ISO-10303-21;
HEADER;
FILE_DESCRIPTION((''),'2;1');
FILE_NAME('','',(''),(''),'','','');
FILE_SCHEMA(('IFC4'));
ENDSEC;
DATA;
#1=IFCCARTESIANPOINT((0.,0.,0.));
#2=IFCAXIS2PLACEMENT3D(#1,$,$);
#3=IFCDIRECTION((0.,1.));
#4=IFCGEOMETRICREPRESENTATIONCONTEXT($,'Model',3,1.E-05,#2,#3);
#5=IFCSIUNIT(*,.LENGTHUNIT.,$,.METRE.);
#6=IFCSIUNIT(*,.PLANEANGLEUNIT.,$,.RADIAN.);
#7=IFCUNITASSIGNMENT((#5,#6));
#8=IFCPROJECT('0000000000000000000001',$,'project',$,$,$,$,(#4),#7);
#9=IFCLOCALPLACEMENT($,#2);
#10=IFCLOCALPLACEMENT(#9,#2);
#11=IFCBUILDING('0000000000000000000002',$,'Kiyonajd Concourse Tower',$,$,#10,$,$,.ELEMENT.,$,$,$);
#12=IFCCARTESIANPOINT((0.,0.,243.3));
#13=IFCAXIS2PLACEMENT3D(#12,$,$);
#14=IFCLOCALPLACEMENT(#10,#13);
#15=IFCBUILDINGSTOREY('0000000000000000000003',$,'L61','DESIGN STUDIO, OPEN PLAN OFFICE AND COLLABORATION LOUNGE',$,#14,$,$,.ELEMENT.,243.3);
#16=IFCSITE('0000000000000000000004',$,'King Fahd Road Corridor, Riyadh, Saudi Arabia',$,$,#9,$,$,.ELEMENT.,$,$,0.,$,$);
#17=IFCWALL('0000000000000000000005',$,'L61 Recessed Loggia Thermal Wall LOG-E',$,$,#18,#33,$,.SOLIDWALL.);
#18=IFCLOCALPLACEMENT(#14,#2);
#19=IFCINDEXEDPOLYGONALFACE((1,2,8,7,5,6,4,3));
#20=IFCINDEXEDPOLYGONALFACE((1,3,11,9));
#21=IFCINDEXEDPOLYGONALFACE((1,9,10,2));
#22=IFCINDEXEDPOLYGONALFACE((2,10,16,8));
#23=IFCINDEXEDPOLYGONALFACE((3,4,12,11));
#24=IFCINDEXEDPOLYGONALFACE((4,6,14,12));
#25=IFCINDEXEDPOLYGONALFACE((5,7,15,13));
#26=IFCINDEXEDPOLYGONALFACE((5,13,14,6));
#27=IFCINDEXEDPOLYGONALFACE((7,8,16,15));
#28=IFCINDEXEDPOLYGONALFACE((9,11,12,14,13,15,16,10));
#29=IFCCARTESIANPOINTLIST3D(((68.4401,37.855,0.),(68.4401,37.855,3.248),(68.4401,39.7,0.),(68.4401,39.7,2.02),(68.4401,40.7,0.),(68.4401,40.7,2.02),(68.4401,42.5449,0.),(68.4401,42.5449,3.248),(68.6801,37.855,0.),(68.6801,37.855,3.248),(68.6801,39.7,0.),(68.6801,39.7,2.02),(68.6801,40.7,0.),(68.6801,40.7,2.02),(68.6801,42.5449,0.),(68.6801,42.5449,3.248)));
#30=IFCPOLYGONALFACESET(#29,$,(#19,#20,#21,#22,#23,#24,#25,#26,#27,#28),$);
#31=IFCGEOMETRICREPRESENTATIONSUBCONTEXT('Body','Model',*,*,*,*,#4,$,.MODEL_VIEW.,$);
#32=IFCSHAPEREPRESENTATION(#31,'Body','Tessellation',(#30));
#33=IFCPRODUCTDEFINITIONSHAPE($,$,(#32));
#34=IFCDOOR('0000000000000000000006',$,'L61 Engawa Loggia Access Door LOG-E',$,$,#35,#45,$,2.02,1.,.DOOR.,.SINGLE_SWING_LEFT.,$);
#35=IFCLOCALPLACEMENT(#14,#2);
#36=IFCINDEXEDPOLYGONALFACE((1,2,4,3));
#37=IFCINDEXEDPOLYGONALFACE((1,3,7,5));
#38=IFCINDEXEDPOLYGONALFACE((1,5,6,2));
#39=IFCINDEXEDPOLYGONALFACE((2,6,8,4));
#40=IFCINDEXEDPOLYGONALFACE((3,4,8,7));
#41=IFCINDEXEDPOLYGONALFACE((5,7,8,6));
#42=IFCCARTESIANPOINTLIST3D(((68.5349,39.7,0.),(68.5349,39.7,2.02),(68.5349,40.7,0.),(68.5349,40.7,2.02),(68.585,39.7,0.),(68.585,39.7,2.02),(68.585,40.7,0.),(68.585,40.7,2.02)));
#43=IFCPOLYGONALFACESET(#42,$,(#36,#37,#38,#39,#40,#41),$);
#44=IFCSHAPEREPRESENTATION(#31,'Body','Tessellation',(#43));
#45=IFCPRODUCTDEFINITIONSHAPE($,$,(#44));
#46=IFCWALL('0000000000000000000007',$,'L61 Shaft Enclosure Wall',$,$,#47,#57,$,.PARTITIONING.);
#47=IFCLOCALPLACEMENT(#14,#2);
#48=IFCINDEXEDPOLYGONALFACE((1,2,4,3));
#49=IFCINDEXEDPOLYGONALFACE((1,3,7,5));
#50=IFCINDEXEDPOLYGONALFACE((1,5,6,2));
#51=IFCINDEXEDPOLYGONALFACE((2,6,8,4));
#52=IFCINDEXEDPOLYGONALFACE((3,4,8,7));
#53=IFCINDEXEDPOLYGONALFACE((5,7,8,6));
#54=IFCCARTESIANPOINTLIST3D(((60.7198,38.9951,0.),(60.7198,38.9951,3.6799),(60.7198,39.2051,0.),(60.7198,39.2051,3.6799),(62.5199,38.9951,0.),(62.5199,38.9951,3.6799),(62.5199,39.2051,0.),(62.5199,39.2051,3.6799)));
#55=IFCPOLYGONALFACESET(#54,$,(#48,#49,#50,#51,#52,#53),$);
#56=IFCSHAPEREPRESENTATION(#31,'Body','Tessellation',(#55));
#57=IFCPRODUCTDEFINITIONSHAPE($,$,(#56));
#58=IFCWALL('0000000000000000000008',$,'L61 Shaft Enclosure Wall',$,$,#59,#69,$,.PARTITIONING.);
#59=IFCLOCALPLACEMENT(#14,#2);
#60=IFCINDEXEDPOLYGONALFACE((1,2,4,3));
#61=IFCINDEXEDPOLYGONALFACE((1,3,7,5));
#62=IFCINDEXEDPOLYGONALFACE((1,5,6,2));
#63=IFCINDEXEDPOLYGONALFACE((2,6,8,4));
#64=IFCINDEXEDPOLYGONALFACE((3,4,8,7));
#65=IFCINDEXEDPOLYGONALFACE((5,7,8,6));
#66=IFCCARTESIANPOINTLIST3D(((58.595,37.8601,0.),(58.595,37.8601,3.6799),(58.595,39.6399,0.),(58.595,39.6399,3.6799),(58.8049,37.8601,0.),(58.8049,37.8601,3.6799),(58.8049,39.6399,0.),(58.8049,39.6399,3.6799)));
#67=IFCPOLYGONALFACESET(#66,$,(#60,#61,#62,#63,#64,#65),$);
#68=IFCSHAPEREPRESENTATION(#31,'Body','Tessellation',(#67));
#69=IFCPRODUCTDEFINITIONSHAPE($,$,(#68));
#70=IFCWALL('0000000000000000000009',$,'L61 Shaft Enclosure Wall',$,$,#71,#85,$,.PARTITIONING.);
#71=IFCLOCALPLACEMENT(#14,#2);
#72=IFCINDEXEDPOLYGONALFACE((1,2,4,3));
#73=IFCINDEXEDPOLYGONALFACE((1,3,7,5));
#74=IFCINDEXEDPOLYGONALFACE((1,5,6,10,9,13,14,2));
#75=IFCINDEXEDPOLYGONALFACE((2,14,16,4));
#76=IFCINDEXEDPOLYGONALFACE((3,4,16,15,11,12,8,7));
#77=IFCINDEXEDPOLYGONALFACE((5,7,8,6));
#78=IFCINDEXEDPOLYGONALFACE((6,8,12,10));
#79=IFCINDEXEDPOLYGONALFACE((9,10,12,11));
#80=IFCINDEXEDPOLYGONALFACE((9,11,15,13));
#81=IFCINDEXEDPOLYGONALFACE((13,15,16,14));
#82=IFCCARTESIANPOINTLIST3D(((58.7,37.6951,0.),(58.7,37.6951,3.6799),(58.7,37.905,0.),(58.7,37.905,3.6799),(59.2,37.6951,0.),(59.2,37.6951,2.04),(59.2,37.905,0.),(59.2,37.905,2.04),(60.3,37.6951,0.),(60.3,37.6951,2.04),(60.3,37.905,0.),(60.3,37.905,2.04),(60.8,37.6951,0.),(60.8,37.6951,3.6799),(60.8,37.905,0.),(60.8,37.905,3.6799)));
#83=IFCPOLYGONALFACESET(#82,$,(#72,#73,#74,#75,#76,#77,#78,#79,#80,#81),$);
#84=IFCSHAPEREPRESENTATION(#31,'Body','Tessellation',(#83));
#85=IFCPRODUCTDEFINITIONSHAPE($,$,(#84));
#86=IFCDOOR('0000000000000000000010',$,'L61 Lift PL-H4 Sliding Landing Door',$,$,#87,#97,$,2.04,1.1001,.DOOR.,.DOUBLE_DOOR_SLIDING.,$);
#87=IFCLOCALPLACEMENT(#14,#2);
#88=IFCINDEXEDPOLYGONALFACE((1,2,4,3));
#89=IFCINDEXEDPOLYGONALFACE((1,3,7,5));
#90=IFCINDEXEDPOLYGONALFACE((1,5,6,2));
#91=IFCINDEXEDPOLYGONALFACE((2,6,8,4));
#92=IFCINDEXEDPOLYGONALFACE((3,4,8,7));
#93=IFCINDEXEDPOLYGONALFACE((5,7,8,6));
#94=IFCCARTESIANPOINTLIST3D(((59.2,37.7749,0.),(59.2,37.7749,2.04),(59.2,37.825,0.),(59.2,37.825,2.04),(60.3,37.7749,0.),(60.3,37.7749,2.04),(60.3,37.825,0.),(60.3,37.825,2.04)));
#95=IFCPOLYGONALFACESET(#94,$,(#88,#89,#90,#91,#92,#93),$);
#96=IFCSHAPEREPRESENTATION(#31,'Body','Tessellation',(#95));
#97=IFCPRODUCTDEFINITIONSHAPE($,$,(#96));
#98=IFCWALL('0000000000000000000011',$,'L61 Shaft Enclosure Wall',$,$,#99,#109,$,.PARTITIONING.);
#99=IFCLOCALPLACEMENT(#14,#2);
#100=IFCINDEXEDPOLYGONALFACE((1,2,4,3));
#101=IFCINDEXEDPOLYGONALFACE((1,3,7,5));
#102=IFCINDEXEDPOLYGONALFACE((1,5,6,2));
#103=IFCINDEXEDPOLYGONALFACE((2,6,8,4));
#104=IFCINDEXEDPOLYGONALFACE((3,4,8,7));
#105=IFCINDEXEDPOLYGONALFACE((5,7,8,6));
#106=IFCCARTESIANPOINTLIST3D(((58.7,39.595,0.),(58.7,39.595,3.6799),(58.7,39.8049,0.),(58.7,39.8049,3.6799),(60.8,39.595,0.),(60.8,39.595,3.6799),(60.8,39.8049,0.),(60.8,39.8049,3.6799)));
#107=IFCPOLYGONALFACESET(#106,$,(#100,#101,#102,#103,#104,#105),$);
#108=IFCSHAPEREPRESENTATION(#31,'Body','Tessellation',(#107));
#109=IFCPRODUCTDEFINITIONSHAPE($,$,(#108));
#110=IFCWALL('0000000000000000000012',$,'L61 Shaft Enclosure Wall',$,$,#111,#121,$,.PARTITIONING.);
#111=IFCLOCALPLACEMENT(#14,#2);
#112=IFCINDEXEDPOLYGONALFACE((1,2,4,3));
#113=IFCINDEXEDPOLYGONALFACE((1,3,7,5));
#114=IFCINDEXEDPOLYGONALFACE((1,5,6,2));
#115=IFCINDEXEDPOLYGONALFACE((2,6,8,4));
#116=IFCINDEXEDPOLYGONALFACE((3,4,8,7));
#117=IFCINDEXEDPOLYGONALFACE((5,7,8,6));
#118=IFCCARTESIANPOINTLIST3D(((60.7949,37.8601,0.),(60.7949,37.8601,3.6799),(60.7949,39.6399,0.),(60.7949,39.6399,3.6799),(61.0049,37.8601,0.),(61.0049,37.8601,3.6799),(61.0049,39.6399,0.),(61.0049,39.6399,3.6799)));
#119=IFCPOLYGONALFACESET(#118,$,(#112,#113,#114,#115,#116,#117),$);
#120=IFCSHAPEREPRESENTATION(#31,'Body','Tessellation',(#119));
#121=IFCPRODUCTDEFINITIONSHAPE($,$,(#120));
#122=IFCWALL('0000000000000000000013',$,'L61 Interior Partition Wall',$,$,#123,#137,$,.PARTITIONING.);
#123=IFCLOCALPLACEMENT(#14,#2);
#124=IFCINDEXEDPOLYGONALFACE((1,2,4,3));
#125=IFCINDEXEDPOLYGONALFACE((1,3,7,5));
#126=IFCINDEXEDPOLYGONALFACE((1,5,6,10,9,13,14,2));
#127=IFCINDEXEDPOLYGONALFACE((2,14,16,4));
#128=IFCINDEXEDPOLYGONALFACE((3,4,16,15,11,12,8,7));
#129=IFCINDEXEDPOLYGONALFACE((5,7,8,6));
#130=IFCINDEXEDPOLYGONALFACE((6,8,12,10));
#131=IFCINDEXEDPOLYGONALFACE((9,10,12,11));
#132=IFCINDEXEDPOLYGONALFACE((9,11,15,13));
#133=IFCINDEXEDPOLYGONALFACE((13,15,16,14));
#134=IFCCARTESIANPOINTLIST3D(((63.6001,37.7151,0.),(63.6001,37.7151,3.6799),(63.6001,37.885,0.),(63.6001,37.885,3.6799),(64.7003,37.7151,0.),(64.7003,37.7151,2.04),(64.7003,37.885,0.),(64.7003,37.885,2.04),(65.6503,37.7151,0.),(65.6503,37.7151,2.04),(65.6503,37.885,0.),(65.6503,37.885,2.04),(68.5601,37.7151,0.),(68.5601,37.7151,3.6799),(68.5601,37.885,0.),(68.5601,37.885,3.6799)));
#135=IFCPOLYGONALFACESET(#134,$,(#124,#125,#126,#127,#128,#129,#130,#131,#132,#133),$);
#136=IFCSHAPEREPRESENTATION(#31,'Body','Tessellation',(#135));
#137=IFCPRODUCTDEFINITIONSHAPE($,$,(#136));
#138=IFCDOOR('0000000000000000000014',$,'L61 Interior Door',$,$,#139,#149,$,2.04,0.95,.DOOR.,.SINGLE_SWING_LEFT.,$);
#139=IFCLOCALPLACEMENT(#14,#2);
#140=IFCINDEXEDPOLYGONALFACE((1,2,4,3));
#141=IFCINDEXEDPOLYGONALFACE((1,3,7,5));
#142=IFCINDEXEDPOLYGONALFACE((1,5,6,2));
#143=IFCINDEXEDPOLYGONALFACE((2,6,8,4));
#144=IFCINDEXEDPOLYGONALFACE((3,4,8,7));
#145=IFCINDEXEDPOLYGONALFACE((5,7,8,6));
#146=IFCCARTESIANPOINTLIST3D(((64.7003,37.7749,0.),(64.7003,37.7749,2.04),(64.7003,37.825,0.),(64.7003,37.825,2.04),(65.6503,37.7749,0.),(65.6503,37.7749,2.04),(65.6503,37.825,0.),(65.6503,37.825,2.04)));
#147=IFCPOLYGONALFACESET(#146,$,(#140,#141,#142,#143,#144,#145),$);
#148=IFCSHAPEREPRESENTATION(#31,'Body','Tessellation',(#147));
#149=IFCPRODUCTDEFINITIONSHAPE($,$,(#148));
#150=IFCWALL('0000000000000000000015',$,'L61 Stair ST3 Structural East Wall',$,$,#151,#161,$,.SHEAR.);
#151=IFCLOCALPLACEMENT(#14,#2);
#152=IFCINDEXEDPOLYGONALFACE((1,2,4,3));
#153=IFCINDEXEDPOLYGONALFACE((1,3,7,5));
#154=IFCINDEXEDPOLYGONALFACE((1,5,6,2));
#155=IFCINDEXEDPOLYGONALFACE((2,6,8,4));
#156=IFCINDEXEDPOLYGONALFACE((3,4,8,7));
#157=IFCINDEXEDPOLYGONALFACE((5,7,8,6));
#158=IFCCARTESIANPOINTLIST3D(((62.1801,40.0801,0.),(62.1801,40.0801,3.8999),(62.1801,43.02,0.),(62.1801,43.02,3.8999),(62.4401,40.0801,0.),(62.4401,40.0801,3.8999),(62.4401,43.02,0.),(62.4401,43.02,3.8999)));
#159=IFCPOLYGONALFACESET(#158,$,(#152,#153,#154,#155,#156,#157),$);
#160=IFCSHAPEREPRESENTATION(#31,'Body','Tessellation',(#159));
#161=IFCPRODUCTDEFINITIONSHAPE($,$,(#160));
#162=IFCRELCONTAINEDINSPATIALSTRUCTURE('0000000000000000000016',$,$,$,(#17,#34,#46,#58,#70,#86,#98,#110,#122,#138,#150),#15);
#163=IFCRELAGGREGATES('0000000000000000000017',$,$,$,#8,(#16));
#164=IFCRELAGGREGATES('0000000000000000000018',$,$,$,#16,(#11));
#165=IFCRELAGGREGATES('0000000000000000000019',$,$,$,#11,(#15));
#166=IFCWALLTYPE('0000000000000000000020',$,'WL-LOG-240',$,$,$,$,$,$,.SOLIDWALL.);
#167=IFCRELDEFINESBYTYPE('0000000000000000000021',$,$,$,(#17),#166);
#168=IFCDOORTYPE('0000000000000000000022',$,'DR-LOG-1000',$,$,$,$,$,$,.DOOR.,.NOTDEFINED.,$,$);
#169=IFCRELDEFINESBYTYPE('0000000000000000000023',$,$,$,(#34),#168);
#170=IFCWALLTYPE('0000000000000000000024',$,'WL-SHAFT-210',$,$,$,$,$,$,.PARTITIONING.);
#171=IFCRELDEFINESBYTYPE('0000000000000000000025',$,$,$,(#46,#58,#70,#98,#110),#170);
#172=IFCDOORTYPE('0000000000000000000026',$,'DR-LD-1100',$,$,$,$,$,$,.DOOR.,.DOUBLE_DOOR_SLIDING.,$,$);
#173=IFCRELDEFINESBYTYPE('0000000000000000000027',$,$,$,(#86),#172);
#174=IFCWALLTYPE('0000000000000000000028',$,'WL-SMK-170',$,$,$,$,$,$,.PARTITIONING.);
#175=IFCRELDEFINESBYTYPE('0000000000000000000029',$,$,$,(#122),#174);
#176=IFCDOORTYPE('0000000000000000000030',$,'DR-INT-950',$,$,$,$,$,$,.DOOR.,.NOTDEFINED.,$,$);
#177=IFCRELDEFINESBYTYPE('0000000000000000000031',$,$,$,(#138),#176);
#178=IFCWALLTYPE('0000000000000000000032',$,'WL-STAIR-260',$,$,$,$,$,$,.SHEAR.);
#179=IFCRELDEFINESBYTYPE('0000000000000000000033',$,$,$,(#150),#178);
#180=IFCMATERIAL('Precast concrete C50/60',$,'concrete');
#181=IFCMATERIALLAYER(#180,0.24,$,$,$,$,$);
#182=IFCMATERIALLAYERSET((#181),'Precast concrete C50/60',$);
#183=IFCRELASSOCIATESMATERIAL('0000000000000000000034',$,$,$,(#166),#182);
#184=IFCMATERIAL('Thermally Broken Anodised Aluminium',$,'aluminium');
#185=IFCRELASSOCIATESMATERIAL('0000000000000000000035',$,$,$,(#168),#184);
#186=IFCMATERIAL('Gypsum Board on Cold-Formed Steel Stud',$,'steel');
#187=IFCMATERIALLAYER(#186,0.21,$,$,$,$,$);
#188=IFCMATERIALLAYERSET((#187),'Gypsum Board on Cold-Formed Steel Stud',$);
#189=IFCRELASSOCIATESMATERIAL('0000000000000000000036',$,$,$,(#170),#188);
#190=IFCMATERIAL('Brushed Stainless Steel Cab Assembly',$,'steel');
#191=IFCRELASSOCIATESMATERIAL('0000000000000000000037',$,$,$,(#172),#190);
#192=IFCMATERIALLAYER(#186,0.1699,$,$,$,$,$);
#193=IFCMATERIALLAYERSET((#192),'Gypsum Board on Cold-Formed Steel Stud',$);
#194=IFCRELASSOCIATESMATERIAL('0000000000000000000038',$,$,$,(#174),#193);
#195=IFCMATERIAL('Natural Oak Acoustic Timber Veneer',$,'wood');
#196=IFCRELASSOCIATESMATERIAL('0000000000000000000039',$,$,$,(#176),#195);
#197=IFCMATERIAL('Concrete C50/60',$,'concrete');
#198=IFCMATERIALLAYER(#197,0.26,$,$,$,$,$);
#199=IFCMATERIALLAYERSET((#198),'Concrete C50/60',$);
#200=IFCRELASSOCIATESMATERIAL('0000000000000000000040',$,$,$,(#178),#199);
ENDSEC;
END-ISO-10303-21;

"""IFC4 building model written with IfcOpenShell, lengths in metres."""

from ifc_helpers import new_model, si_unit, direction, frame, frame_2d, origin, place, context, subcontext, project, spatial, rectangle, extrude, material, layer, layer_set, type_object, element, fill, save


model = new_model("IFC4")

# Units and contexts
model_context = context("Model", 3, precision=1e-05, world=origin(), true_north=direction((0.0, 1.0)))
body_context = subcontext(model_context, "Body", "Model", "MODEL_VIEW")
ifc_project = project(units=[si_unit("LENGTHUNIT", "METRE"), si_unit("PLANEANGLEUNIT", "RADIAN")], contexts=[model_context])

# Site, building, storey
site_placement = place(None, origin())
site = spatial("IfcSite", under=ifc_project, at=site_placement, Name="King Fahd Road Corridor, Riyadh, Saudi Arabia", CompositionType="ELEMENT", RefElevation=0.0)
building_placement = place(site_placement, origin())
building = spatial("IfcBuilding", under=site, at=building_placement, Name="Kiyonajd Concourse Tower", CompositionType="ELEMENT")
storey_placement = place(building_placement, frame((0.0, 0.0, 243.3)))
storey = spatial("IfcBuildingStorey", under=building, at=storey_placement, Name="L61", Description="DESIGN STUDIO, OPEN PLAN OFFICE AND COLLABORATION LOUNGE", CompositionType="ELEMENT", Elevation=243.3)

# Shared definitions
ifc_material_1 = material(Name="Thermally Broken Anodised Aluminium", Category="aluminium")

# Shared definitions
ifc_material_2 = material(Name="Precast concrete C50/60", Category="concrete")

# Wall, opening, door
ifc_layer_1 = layer(ifc_material_2, 0.24)
ifc_layer_set_1 = layer_set([ifc_layer_1], Name="Precast concrete C50/60")
wall_type_1 = type_object("IfcWallType", Name="WL-LOG-240", PredefinedType="SOLIDWALL", material=ifc_layer_set_1)
wall_1_placement = place(storey_placement, frame((68.5601, 42.5449, 0.0), z_axis=(0.0, 0.0, 1.0), x_axis=(0.0, -1.0, 0.0)))
wall_1 = element("IfcWall", 1, at=wall_1_placement, inside=storey, type_object=wall_type_1, Name="L61 Recessed Loggia Thermal Wall LOG-E", PredefinedType="SOLIDWALL", context=body_context, shape_type="SweptSolid", body=[
    extrude(rectangle(XDim=4.6899, YDim=0.24, at=frame_2d((2.345, 0.0))), origin(), (0.0, 0.0, 1.0), 3.248),
])
opening_1_placement = place(wall_1_placement, frame((1.845, 0.0, 0.0)))
opening_1 = element("IfcOpeningElement", 2, at=opening_1_placement, cuts=wall_1, PredefinedType="OPENING", context=body_context, shape_type="SweptSolid", body=[
    extrude(rectangle(XDim=1.0, YDim=2.02, at=frame_2d((0.5, 1.01))), frame((0.0, 0.1299, 0.0), z_axis=(0.0, -1.0, 0.0), x_axis=(1.0, 0.0, 0.0)), (0.0, 0.0, 1.0), 0.26),
])
door_type_1 = type_object("IfcDoorType", Name="DR-LOG-1000", OperationType="NOTDEFINED", PredefinedType="DOOR", material=ifc_material_1)
door_1_placement = place(opening_1_placement, origin())
door_1 = element("IfcDoor", 3, at=door_1_placement, inside=storey, type_object=door_type_1, Name="L61 Engawa Loggia Access Door LOG-E", OperationType="SINGLE_SWING_LEFT", OverallHeight=2.02, OverallWidth=1.0, PredefinedType="DOOR", context=body_context, shape_type="SweptSolid", body=[
    extrude(rectangle(XDim=1.0, YDim=2.02, at=frame_2d((0.5, 1.01))), frame((0.0, 0.0249, 0.0), z_axis=(0.0, -1.0, 0.0), x_axis=(1.0, 0.0, 0.0)), (0.0, 0.0, 1.0), 0.05),
])
fill(opening_1, door_1)

# Walls
ifc_material_3 = material(Name="Gypsum Board on Cold-Formed Steel Stud", Category="steel")
ifc_layer_2 = layer(ifc_material_3, 0.21)
ifc_layer_set_2 = layer_set([ifc_layer_2], Name="Gypsum Board on Cold-Formed Steel Stud")
wall_type_2 = type_object("IfcWallType", Name="WL-SHAFT-210", PredefinedType="PARTITIONING", material=ifc_layer_set_2)
wall_2_placement = place(storey_placement, frame((60.72, 39.1001, 0.0), z_axis=(0.0, 0.0, 1.0), x_axis=(1.0, 0.0, 0.0)))
element("IfcWall", 4, at=wall_2_placement, inside=storey, type_object=wall_type_2, Name="L61 Shaft Enclosure Wall", PredefinedType="PARTITIONING", context=body_context, shape_type="SweptSolid", body=[
    extrude(rectangle(XDim=1.8, YDim=0.21, at=frame_2d((0.8999, 0.0))), origin(), (0.0, 0.0, 1.0), 3.6799),
])
wall_3_placement = place(storey_placement, frame((58.7, 37.8601, 0.0), z_axis=(0.0, 0.0, 1.0), x_axis=(0.0, 1.0, 0.0)))
element("IfcWall", 5, at=wall_3_placement, inside=storey, type_object=wall_type_2, Name="L61 Shaft Enclosure Wall", PredefinedType="PARTITIONING", context=body_context, shape_type="SweptSolid", body=[
    extrude(rectangle(XDim=1.7798, YDim=0.21, at=frame_2d((0.8899, 0.0))), origin(), (0.0, 0.0, 1.0), 3.6799),
])

# Wall, opening, door
wall_4_placement = place(storey_placement, frame((58.7, 37.8, 0.0), z_axis=(0.0, 0.0, 1.0), x_axis=(1.0, 0.0, 0.0)))
wall_4 = element("IfcWall", 6, at=wall_4_placement, inside=storey, type_object=wall_type_2, Name="L61 Shaft Enclosure Wall", PredefinedType="PARTITIONING", context=body_context, shape_type="SweptSolid", body=[
    extrude(rectangle(XDim=2.1001, YDim=0.21, at=frame_2d((1.05, 0.0))), origin(), (0.0, 0.0, 1.0), 3.6799),
])
opening_2_placement = place(wall_4_placement, frame((0.5, 0.0, 0.0)))
opening_2 = element("IfcOpeningElement", 7, at=opening_2_placement, cuts=wall_4, PredefinedType="OPENING", context=body_context, shape_type="SweptSolid", body=[
    extrude(rectangle(XDim=1.1001, YDim=2.04, at=frame_2d((0.55, 1.02))), frame((0.0, 0.115, 0.0), z_axis=(0.0, -1.0, 0.0), x_axis=(1.0, 0.0, 0.0)), (0.0, 0.0, 1.0), 0.23),
])
ifc_material_4 = material(Name="Brushed Stainless Steel Cab Assembly", Category="steel")
door_type_2 = type_object("IfcDoorType", Name="DR-LD-1100", OperationType="DOUBLE_DOOR_SLIDING", PredefinedType="DOOR", material=ifc_material_4)
door_2_placement = place(opening_2_placement, origin())
door_2 = element("IfcDoor", 8, at=door_2_placement, inside=storey, type_object=door_type_2, Name="L61 Lift PL-H4 Sliding Landing Door", OperationType="DOUBLE_DOOR_SLIDING", OverallHeight=2.04, OverallWidth=1.1001, PredefinedType="DOOR", context=body_context, shape_type="SweptSolid", body=[
    extrude(rectangle(XDim=1.1001, YDim=2.04, at=frame_2d((0.55, 1.02))), frame((0.0, 0.0249, 0.0), z_axis=(0.0, -1.0, 0.0), x_axis=(1.0, 0.0, 0.0)), (0.0, 0.0, 1.0), 0.05),
])
fill(opening_2, door_2)

# Walls
wall_5_placement = place(storey_placement, frame((58.7, 39.7, 0.0), z_axis=(0.0, 0.0, 1.0), x_axis=(1.0, 0.0, 0.0)))
element("IfcWall", 9, at=wall_5_placement, inside=storey, type_object=wall_type_2, Name="L61 Shaft Enclosure Wall", PredefinedType="PARTITIONING", context=body_context, shape_type="SweptSolid", body=[
    extrude(rectangle(XDim=2.1001, YDim=0.21, at=frame_2d((1.05, 0.0))), origin(), (0.0, 0.0, 1.0), 3.6799),
])
wall_6_placement = place(storey_placement, frame((60.8999, 37.8601, 0.0), z_axis=(0.0, 0.0, 1.0), x_axis=(0.0, 1.0, 0.0)))
element("IfcWall", 10, at=wall_6_placement, inside=storey, type_object=wall_type_2, Name="L61 Shaft Enclosure Wall", PredefinedType="PARTITIONING", context=body_context, shape_type="SweptSolid", body=[
    extrude(rectangle(XDim=1.7798, YDim=0.21, at=frame_2d((0.8899, 0.0))), origin(), (0.0, 0.0, 1.0), 3.6799),
])

# Wall, opening, door
ifc_layer_3 = layer(ifc_material_3, 0.1699)
ifc_layer_set_3 = layer_set([ifc_layer_3], Name="Gypsum Board on Cold-Formed Steel Stud")
wall_type_3 = type_object("IfcWallType", Name="WL-SMK-170", PredefinedType="PARTITIONING", material=ifc_layer_set_3)
wall_7_placement = place(storey_placement, frame((63.6001, 37.8, 0.0), z_axis=(0.0, 0.0, 1.0), x_axis=(1.0, 0.0, 0.0)))
wall_7 = element("IfcWall", 11, at=wall_7_placement, inside=storey, type_object=wall_type_3, Name="L61 Interior Partition Wall", PredefinedType="PARTITIONING", context=body_context, shape_type="SweptSolid", body=[
    extrude(rectangle(XDim=4.96, YDim=0.1699, at=frame_2d((2.48, 0.0))), origin(), (0.0, 0.0, 1.0), 3.6799),
])
opening_3_placement = place(wall_7_placement, frame((1.1001, 0.0, 0.0)))
opening_3 = element("IfcOpeningElement", 12, at=opening_3_placement, cuts=wall_7, PredefinedType="OPENING", context=body_context, shape_type="SweptSolid", body=[
    extrude(rectangle(XDim=0.95, YDim=2.04, at=frame_2d((0.4751, 1.02))), frame((0.0, 0.095, 0.0), z_axis=(0.0, -1.0, 0.0), x_axis=(1.0, 0.0, 0.0)), (0.0, 0.0, 1.0), 0.1899),
])
ifc_material_5 = material(Name="Natural Oak Acoustic Timber Veneer", Category="wood")
door_type_3 = type_object("IfcDoorType", Name="DR-INT-950", OperationType="NOTDEFINED", PredefinedType="DOOR", material=ifc_material_5)
door_3_placement = place(opening_3_placement, origin())
door_3 = element("IfcDoor", 13, at=door_3_placement, inside=storey, type_object=door_type_3, Name="L61 Interior Door", OperationType="SINGLE_SWING_LEFT", OverallHeight=2.04, OverallWidth=0.95, PredefinedType="DOOR", context=body_context, shape_type="SweptSolid", body=[
    extrude(rectangle(XDim=0.95, YDim=2.04, at=frame_2d((0.4751, 1.02))), frame((0.0, 0.0249, 0.0), z_axis=(0.0, -1.0, 0.0), x_axis=(1.0, 0.0, 0.0)), (0.0, 0.0, 1.0), 0.05),
])
fill(opening_3, door_3)

# Wall
ifc_material_6 = material(Name="Concrete C50/60", Category="concrete")
ifc_layer_4 = layer(ifc_material_6, 0.26)
ifc_layer_set_4 = layer_set([ifc_layer_4], Name="Concrete C50/60")
wall_type_4 = type_object("IfcWallType", Name="WL-STAIR-260", PredefinedType="SHEAR", material=ifc_layer_set_4)
wall_8_placement = place(storey_placement, frame((62.3101, 40.0801, 0.0), z_axis=(0.0, 0.0, 1.0), x_axis=(0.0, 1.0, 0.0)))
element("IfcWall", 14, at=wall_8_placement, inside=storey, type_object=wall_type_4, Name="L61 Stair ST3 Structural East Wall", PredefinedType="SHEAR", context=body_context, shape_type="SweptSolid", body=[
    extrude(rectangle(XDim=2.9399, YDim=0.26, at=frame_2d((1.47, 0.0))), origin(), (0.0, 0.0, 1.0), 3.8999),
])

save(model, "model.ifc")
